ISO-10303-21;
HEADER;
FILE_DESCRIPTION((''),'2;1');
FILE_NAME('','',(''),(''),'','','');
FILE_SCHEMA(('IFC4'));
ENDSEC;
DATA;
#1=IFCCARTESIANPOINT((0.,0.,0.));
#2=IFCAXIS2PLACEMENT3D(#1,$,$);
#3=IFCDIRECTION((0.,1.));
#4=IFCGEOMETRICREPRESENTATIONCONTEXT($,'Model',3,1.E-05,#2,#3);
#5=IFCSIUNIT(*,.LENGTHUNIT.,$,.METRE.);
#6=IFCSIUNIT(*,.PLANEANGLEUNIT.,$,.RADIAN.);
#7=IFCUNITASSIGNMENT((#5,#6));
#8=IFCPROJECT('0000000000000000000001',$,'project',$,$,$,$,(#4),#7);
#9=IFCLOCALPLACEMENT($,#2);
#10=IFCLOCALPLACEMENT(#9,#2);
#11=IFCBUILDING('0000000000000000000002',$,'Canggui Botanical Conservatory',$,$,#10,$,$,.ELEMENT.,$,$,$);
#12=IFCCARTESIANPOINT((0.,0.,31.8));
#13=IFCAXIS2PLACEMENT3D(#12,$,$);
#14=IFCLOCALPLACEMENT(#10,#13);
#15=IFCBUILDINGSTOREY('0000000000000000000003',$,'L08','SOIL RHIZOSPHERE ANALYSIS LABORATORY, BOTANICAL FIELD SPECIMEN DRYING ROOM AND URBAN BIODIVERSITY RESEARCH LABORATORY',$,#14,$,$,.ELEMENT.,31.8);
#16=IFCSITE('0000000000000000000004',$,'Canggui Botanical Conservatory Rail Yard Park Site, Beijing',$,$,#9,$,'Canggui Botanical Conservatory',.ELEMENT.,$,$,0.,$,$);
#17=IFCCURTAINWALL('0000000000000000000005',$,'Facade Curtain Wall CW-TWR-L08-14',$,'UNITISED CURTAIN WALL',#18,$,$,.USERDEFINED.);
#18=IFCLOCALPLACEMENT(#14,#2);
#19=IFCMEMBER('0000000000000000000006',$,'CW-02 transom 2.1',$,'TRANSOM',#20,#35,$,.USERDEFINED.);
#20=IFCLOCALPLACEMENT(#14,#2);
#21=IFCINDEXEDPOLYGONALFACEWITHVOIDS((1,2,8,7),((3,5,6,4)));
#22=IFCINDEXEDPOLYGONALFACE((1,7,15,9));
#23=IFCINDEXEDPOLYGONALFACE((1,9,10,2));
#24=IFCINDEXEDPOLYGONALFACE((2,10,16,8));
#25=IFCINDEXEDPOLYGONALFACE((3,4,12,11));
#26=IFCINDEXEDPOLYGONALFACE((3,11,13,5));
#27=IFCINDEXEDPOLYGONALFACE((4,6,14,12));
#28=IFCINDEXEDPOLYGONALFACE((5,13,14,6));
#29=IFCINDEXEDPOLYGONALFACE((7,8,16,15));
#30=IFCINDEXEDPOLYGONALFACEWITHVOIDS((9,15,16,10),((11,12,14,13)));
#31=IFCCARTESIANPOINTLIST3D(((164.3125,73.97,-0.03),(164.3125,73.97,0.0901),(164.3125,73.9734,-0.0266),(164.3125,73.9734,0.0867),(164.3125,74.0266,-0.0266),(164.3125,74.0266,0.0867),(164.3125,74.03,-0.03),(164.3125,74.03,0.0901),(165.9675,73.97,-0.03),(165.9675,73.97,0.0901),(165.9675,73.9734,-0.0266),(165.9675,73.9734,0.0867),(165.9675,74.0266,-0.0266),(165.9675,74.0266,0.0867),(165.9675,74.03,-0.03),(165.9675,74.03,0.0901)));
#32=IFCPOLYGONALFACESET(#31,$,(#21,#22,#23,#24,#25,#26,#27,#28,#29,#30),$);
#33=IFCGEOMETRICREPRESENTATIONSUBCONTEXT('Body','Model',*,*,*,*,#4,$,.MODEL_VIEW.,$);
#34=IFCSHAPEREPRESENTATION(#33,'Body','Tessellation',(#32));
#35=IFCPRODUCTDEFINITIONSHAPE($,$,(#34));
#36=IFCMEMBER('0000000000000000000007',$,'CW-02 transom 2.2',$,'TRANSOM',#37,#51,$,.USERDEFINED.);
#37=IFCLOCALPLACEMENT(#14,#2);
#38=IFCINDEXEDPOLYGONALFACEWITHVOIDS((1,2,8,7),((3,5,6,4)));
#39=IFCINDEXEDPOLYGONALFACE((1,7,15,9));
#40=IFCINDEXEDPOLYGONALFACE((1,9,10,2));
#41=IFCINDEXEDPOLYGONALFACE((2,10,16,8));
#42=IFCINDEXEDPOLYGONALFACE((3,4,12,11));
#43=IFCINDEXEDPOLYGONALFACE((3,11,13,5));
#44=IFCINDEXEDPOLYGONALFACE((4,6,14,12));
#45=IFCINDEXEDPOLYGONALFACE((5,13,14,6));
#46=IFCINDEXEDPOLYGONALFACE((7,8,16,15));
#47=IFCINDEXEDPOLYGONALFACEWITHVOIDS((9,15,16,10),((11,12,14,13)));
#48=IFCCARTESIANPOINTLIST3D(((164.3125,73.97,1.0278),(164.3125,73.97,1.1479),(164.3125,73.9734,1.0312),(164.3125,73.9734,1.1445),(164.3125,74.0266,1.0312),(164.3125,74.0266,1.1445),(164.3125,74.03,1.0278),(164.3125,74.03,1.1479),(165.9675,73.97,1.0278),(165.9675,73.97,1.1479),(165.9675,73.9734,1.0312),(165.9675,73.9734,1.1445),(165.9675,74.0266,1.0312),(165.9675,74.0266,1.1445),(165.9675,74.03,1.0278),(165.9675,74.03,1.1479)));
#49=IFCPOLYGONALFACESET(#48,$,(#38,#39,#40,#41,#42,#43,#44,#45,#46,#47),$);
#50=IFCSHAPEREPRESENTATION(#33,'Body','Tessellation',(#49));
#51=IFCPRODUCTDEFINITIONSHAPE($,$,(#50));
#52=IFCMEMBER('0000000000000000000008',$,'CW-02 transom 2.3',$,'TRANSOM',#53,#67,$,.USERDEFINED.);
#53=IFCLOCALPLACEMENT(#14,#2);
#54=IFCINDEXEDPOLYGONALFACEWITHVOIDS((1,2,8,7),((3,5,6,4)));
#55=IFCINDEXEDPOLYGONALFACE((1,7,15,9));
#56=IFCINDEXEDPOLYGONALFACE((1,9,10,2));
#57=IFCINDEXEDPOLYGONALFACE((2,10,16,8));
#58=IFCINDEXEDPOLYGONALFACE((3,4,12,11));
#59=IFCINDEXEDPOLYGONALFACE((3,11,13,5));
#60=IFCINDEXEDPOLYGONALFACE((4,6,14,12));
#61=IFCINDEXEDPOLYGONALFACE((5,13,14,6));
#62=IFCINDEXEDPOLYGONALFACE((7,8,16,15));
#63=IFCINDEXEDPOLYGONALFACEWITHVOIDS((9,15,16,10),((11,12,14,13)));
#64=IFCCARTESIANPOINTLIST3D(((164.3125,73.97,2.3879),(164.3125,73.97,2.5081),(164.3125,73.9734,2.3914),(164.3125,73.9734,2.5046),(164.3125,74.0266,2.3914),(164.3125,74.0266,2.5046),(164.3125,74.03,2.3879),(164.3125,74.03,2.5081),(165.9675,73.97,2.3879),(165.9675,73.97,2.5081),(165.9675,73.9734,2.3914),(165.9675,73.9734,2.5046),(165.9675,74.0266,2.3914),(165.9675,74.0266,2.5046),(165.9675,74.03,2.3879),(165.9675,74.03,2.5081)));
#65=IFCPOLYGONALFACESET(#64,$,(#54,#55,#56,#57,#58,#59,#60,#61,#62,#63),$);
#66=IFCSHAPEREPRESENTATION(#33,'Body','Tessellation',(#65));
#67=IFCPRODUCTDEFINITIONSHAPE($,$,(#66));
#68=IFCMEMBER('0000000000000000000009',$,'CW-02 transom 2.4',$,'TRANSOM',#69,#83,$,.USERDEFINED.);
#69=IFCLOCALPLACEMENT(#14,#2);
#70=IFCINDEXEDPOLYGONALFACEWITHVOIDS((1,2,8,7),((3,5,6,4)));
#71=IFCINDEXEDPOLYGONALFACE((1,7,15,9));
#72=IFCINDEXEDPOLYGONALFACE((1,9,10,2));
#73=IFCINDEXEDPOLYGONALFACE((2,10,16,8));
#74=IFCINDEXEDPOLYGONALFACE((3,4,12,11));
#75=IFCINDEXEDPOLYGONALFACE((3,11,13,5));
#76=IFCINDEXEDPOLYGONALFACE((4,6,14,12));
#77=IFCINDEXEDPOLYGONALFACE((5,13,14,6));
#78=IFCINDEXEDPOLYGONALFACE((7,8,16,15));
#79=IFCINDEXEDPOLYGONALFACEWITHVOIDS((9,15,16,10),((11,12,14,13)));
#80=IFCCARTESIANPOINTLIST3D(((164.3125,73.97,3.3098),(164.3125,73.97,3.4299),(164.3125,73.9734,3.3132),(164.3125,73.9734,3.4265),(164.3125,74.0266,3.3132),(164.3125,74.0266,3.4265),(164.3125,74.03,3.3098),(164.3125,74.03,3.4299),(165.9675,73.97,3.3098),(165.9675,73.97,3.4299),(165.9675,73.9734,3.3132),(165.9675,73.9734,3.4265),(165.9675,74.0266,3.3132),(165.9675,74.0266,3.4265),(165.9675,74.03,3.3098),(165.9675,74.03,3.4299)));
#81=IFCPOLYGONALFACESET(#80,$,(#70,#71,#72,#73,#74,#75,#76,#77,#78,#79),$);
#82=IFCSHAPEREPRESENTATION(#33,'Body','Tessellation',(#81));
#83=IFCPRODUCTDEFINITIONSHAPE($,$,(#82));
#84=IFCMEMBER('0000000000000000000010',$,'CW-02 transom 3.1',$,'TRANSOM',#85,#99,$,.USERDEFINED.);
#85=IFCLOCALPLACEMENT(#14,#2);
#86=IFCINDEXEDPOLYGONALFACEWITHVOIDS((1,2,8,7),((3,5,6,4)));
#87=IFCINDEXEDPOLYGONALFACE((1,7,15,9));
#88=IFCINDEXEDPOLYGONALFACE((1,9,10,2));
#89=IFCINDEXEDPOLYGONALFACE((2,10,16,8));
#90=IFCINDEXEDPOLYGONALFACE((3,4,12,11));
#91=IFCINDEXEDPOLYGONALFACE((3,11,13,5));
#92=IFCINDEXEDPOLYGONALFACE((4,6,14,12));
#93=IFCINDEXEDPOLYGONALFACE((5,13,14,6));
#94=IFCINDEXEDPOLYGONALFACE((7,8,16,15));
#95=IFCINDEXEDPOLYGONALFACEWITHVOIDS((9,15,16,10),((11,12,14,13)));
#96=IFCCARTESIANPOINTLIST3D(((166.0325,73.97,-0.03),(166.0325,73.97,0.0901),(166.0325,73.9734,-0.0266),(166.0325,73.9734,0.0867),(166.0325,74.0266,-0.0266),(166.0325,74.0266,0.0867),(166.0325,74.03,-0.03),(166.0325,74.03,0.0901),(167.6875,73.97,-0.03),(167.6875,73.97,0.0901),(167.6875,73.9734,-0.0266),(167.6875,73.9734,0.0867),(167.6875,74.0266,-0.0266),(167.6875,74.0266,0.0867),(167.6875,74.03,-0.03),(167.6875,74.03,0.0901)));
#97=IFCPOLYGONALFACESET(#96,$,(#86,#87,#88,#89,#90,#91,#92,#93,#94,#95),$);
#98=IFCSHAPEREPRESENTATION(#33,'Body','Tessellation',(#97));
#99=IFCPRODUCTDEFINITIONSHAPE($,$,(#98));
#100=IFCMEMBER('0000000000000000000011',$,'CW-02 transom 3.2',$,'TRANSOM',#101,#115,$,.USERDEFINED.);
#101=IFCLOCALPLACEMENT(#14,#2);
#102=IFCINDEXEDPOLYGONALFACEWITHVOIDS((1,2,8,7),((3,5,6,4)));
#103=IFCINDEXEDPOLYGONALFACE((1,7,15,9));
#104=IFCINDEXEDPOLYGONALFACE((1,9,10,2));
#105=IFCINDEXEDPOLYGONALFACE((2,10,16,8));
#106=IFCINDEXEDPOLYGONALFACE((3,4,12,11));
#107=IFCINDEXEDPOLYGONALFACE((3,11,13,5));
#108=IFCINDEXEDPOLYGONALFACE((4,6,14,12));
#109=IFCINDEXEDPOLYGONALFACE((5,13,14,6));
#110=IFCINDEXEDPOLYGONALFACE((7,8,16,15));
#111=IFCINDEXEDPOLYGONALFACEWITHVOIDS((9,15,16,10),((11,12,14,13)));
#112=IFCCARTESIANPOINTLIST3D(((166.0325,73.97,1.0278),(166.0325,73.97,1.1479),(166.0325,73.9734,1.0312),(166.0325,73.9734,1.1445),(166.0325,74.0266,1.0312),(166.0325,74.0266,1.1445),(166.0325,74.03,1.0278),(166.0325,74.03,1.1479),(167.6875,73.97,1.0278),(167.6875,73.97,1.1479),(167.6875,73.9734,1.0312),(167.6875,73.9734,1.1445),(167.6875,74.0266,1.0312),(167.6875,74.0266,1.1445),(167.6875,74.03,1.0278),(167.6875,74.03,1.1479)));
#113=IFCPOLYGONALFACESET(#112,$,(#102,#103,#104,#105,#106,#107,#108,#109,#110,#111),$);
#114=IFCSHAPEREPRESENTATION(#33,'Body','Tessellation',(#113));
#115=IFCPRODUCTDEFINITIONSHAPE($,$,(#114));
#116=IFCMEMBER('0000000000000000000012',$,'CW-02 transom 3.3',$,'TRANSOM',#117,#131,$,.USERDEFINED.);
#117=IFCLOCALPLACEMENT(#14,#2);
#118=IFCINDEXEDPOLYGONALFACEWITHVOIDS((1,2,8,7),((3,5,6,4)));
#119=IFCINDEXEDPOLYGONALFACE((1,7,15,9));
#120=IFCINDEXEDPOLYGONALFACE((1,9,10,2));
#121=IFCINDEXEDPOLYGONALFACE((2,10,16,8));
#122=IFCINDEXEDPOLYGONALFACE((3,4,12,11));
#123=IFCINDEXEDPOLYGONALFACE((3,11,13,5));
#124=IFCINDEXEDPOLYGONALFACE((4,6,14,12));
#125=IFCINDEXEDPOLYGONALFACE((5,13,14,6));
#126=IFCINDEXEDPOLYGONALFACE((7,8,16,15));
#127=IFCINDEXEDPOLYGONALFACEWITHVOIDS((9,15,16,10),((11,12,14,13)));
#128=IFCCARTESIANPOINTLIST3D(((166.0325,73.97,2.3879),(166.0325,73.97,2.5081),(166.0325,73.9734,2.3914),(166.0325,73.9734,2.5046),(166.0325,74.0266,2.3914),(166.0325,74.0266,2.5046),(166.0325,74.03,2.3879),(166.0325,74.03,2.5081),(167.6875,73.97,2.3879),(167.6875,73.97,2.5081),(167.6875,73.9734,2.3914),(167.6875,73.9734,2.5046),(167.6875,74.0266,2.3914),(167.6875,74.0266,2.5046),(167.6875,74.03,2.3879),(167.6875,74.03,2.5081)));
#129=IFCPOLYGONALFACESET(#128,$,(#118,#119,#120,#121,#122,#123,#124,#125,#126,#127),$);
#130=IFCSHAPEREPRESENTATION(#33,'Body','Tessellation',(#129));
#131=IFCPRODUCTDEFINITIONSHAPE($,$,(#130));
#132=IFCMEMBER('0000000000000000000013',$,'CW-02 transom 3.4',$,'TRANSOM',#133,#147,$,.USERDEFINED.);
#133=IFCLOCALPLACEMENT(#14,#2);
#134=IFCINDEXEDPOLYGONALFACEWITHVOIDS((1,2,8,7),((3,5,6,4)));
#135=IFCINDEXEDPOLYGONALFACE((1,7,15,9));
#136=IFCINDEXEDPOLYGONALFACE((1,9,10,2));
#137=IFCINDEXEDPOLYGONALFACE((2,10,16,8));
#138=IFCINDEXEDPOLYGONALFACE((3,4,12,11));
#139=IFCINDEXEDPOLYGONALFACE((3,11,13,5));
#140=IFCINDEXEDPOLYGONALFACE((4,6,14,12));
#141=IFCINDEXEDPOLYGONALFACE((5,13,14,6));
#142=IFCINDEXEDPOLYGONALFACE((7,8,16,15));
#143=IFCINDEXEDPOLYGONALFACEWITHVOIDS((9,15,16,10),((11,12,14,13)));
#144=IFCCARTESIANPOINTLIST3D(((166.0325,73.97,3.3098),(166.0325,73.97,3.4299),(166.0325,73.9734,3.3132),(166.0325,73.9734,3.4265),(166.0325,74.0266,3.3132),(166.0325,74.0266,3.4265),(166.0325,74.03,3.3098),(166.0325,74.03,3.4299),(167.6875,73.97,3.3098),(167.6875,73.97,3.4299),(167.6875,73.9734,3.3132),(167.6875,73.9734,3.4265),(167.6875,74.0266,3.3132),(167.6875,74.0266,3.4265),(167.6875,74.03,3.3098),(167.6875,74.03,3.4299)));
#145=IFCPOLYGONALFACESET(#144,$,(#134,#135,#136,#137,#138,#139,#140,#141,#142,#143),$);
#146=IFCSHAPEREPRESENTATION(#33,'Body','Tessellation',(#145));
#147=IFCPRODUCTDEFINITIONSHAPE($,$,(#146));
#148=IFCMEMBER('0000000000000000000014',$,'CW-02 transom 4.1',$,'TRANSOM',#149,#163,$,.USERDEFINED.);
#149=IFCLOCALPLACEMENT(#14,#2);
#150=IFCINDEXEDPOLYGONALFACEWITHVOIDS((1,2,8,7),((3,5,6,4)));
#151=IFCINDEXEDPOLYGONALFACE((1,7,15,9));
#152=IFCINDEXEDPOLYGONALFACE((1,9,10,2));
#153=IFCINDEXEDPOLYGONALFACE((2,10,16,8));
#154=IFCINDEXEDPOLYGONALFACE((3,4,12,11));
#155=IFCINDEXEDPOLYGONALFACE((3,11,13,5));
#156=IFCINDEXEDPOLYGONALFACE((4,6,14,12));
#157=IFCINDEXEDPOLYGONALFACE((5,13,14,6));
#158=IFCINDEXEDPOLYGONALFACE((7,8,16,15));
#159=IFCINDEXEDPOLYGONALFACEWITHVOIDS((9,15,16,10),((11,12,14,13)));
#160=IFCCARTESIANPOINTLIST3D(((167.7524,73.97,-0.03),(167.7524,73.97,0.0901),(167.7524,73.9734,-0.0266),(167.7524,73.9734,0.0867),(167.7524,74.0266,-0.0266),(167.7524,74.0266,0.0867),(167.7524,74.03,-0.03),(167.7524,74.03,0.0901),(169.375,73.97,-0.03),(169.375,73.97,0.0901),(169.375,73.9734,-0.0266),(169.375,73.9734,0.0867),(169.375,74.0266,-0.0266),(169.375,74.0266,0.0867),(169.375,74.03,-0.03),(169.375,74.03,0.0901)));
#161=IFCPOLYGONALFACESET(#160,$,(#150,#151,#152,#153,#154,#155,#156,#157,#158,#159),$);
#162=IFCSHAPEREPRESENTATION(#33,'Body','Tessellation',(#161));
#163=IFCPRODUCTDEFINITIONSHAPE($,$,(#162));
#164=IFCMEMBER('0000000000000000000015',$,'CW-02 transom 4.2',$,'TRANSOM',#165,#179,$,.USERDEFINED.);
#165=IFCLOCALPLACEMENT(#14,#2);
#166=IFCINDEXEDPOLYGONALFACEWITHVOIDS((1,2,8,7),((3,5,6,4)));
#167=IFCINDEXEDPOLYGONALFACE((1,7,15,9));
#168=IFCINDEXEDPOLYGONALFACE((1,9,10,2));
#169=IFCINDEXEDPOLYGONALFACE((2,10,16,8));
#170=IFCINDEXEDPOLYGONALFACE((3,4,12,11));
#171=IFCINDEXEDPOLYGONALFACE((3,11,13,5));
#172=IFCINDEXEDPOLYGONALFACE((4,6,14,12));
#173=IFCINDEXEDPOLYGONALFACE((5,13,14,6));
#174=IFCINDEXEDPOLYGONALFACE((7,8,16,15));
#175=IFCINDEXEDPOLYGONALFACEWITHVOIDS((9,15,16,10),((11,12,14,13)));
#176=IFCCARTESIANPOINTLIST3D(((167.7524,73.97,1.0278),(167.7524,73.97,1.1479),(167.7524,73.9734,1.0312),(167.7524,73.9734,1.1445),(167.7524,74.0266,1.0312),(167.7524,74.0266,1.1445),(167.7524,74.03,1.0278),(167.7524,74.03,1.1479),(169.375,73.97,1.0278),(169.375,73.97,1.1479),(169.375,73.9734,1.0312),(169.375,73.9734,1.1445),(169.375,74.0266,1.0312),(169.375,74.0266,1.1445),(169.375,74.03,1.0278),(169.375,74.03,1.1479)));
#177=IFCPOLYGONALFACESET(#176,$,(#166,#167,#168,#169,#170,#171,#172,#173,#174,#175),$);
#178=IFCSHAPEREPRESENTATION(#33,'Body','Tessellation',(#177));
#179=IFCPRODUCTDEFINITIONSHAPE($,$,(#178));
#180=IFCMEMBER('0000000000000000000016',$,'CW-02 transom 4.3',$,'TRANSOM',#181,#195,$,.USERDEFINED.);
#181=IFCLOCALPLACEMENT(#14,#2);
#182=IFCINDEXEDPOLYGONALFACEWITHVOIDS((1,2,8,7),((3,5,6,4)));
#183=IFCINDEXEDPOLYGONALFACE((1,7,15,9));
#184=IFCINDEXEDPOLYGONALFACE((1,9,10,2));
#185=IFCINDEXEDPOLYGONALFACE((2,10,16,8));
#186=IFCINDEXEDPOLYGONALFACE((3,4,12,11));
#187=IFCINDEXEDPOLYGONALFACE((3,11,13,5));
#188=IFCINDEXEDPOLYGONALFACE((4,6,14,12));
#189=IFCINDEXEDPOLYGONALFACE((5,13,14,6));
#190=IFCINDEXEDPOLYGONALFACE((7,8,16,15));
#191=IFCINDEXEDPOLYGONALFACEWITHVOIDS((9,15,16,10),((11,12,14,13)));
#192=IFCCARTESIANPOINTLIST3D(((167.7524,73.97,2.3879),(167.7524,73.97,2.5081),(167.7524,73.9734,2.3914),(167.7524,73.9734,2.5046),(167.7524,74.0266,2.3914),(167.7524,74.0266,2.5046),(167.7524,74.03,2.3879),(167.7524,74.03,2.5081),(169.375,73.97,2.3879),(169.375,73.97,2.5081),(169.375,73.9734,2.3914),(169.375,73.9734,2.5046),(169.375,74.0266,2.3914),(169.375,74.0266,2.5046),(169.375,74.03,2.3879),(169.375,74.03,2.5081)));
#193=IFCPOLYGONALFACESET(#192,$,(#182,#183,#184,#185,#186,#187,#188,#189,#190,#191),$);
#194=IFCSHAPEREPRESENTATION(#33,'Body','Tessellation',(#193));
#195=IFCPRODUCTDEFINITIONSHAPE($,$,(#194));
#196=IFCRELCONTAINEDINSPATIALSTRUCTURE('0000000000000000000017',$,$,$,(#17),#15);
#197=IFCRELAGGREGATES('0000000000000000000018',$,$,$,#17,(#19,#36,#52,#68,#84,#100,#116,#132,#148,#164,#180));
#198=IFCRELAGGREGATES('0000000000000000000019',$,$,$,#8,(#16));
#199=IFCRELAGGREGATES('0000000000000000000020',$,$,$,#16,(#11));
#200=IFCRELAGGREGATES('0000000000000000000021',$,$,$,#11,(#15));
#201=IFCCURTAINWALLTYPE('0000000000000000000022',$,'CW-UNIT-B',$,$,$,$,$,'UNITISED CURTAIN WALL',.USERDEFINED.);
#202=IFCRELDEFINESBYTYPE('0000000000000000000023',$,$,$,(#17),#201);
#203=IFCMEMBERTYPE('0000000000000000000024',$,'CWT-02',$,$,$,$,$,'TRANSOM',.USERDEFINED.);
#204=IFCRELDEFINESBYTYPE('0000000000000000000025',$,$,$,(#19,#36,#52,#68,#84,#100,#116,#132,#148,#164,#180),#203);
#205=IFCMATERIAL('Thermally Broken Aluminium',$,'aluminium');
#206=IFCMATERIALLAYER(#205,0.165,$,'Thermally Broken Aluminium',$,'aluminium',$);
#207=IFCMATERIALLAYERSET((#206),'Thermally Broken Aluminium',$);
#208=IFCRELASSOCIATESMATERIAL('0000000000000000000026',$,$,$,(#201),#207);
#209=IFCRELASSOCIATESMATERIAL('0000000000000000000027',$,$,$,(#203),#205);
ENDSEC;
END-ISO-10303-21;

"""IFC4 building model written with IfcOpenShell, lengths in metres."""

from ifc_helpers import new_model, si_unit, direction, frame, origin, origin_2d, place, context, subcontext, project, spatial, hollow_rectangle, extrude, material, layer, layer_set, material_profile, profile_set, type_object, element, aggregate, save


model = new_model("IFC4")

# Units and contexts
model_context = context("Model", 3, precision=1e-05, world=origin(), true_north=direction((0.0, 1.0)))
body_context = subcontext(model_context, "Body", "Model", "MODEL_VIEW")
ifc_project = project(units=[si_unit("LENGTHUNIT", "METRE"), si_unit("PLANEANGLEUNIT", "RADIAN")], contexts=[model_context])

# Site, building, storey
site_placement = place(None, origin())
site = spatial("IfcSite", under=ifc_project, at=site_placement, Name="Canggui Botanical Conservatory Rail Yard Park Site, Beijing", LongName="Canggui Botanical Conservatory", CompositionType="ELEMENT", RefElevation=0.0)
building_placement = place(site_placement, origin())
building = spatial("IfcBuilding", under=site, at=building_placement, Name="Canggui Botanical Conservatory", CompositionType="ELEMENT")
storey_placement = place(building_placement, frame((0.0, 0.0, 31.8)))
storey = spatial("IfcBuildingStorey", under=building, at=storey_placement, Name="L08", Description="SOIL RHIZOSPHERE ANALYSIS LABORATORY, BOTANICAL FIELD SPECIMEN DRYING ROOM AND URBAN BIODIVERSITY RESEARCH LABORATORY", CompositionType="ELEMENT", Elevation=31.8)

# Curtain wall, members
ifc_material_1 = material(Name="Thermally Broken Aluminium", Category="aluminium")
ifc_layer_1 = layer(ifc_material_1, 0.165, Name="Thermally Broken Aluminium", Category="aluminium")
ifc_layer_set_1 = layer_set([ifc_layer_1], Name="Thermally Broken Aluminium")
curtain_wall_type = type_object("IfcCurtainWallType", Name="CW-UNIT-B", ElementType="UNITISED CURTAIN WALL", PredefinedType="USERDEFINED", material=ifc_layer_set_1)
curtain_wall_placement = place(storey_placement, origin())
curtain_wall = element("IfcCurtainWall", 1, at=curtain_wall_placement, inside=storey, type_object=curtain_wall_type, Name="Facade Curtain Wall CW-TWR-L08-14", ObjectType="UNITISED CURTAIN WALL", PredefinedType="USERDEFINED")
ifc_material_profile_1 = material_profile(ifc_material_1, hollow_rectangle(XDim=0.0601, YDim=0.1201, WallThickness=0.0034, at=origin_2d()), Name="CWT 60x120x3.5")
ifc_profile_set_1 = profile_set([ifc_material_profile_1], Name="Thermally Broken Aluminium")
member_type_1 = type_object("IfcMemberType", Name="CWT-02", ElementType="TRANSOM", PredefinedType="USERDEFINED", material=ifc_profile_set_1)
member_1_placement = place(storey_placement, frame((164.3125, 74.0, 0.03), z_axis=(1.0, 0.0, 0.0), x_axis=(0.0, 1.0, 0.0)))
member_1 = element("IfcMember", 2, at=member_1_placement, type_object=member_type_1, Name="CW-02 transom 2.1", ObjectType="TRANSOM", PredefinedType="USERDEFINED", context=body_context, shape_type="SweptSolid", body=[
    extrude(hollow_rectangle(XDim=0.0601, YDim=0.1201, WallThickness=0.0034, at=origin_2d()), origin(), (0.0, 0.0, 1.0), 1.655),
])
member_2_placement = place(storey_placement, frame((164.3125, 74.0, 1.0879), z_axis=(1.0, 0.0, 0.0), x_axis=(0.0, 1.0, 0.0)))
member_2 = element("IfcMember", 3, at=member_2_placement, type_object=member_type_1, Name="CW-02 transom 2.2", ObjectType="TRANSOM", PredefinedType="USERDEFINED", context=body_context, shape_type="SweptSolid", body=[
    extrude(hollow_rectangle(XDim=0.0601, YDim=0.1201, WallThickness=0.0034, at=origin_2d()), origin(), (0.0, 0.0, 1.0), 1.655),
])
member_3_placement = place(storey_placement, frame((164.3125, 74.0, 2.448), z_axis=(1.0, 0.0, 0.0), x_axis=(0.0, 1.0, 0.0)))
member_3 = element("IfcMember", 4, at=member_3_placement, type_object=member_type_1, Name="CW-02 transom 2.3", ObjectType="TRANSOM", PredefinedType="USERDEFINED", context=body_context, shape_type="SweptSolid", body=[
    extrude(hollow_rectangle(XDim=0.0601, YDim=0.1201, WallThickness=0.0034, at=origin_2d()), origin(), (0.0, 0.0, 1.0), 1.655),
])
member_4_placement = place(storey_placement, frame((164.3125, 74.0, 3.3699), z_axis=(1.0, 0.0, 0.0), x_axis=(0.0, 1.0, 0.0)))
member_4 = element("IfcMember", 5, at=member_4_placement, type_object=member_type_1, Name="CW-02 transom 2.4", ObjectType="TRANSOM", PredefinedType="USERDEFINED", context=body_context, shape_type="SweptSolid", body=[
    extrude(hollow_rectangle(XDim=0.0601, YDim=0.1201, WallThickness=0.0034, at=origin_2d()), origin(), (0.0, 0.0, 1.0), 1.655),
])
member_5_placement = place(storey_placement, frame((166.0325, 74.0, 0.03), z_axis=(1.0, 0.0, 0.0), x_axis=(0.0, 1.0, 0.0)))
member_5 = element("IfcMember", 6, at=member_5_placement, type_object=member_type_1, Name="CW-02 transom 3.1", ObjectType="TRANSOM", PredefinedType="USERDEFINED", context=body_context, shape_type="SweptSolid", body=[
    extrude(hollow_rectangle(XDim=0.0601, YDim=0.1201, WallThickness=0.0034, at=origin_2d()), origin(), (0.0, 0.0, 1.0), 1.655),
])
member_6_placement = place(storey_placement, frame((166.0325, 74.0, 1.0879), z_axis=(1.0, 0.0, 0.0), x_axis=(0.0, 1.0, 0.0)))
member_6 = element("IfcMember", 7, at=member_6_placement, type_object=member_type_1, Name="CW-02 transom 3.2", ObjectType="TRANSOM", PredefinedType="USERDEFINED", context=body_context, shape_type="SweptSolid", body=[
    extrude(hollow_rectangle(XDim=0.0601, YDim=0.1201, WallThickness=0.0034, at=origin_2d()), origin(), (0.0, 0.0, 1.0), 1.655),
])
member_7_placement = place(storey_placement, frame((166.0325, 74.0, 2.448), z_axis=(1.0, 0.0, 0.0), x_axis=(0.0, 1.0, 0.0)))
member_7 = element("IfcMember", 8, at=member_7_placement, type_object=member_type_1, Name="CW-02 transom 3.3", ObjectType="TRANSOM", PredefinedType="USERDEFINED", context=body_context, shape_type="SweptSolid", body=[
    extrude(hollow_rectangle(XDim=0.0601, YDim=0.1201, WallThickness=0.0034, at=origin_2d()), origin(), (0.0, 0.0, 1.0), 1.655),
])
member_8_placement = place(storey_placement, frame((166.0325, 74.0, 3.3699), z_axis=(1.0, 0.0, 0.0), x_axis=(0.0, 1.0, 0.0)))
member_8 = element("IfcMember", 9, at=member_8_placement, type_object=member_type_1, Name="CW-02 transom 3.4", ObjectType="TRANSOM", PredefinedType="USERDEFINED", context=body_context, shape_type="SweptSolid", body=[
    extrude(hollow_rectangle(XDim=0.0601, YDim=0.1201, WallThickness=0.0034, at=origin_2d()), origin(), (0.0, 0.0, 1.0), 1.655),
])
member_9_placement = place(storey_placement, frame((167.7524, 74.0, 0.03), z_axis=(1.0, 0.0, 0.0), x_axis=(0.0, 1.0, 0.0)))
member_9 = element("IfcMember", 10, at=member_9_placement, type_object=member_type_1, Name="CW-02 transom 4.1", ObjectType="TRANSOM", PredefinedType="USERDEFINED", context=body_context, shape_type="SweptSolid", body=[
    extrude(hollow_rectangle(XDim=0.0601, YDim=0.1201, WallThickness=0.0034, at=origin_2d()), origin(), (0.0, 0.0, 1.0), 1.6226),
])
member_10_placement = place(storey_placement, frame((167.7524, 74.0, 1.0879), z_axis=(1.0, 0.0, 0.0), x_axis=(0.0, 1.0, 0.0)))
member_10 = element("IfcMember", 11, at=member_10_placement, type_object=member_type_1, Name="CW-02 transom 4.2", ObjectType="TRANSOM", PredefinedType="USERDEFINED", context=body_context, shape_type="SweptSolid", body=[
    extrude(hollow_rectangle(XDim=0.0601, YDim=0.1201, WallThickness=0.0034, at=origin_2d()), origin(), (0.0, 0.0, 1.0), 1.6226),
])
member_11_placement = place(storey_placement, frame((167.7524, 74.0, 2.448), z_axis=(1.0, 0.0, 0.0), x_axis=(0.0, 1.0, 0.0)))
member_11 = element("IfcMember", 12, at=member_11_placement, type_object=member_type_1, Name="CW-02 transom 4.3", ObjectType="TRANSOM", PredefinedType="USERDEFINED", context=body_context, shape_type="SweptSolid", body=[
    extrude(hollow_rectangle(XDim=0.0601, YDim=0.1201, WallThickness=0.0034, at=origin_2d()), origin(), (0.0, 0.0, 1.0), 1.6226),
])
aggregate(curtain_wall, [member_1, member_2, member_3, member_4, member_5, member_6, member_7, member_8, member_9, member_10, member_11])

save(model, "model.ifc")
